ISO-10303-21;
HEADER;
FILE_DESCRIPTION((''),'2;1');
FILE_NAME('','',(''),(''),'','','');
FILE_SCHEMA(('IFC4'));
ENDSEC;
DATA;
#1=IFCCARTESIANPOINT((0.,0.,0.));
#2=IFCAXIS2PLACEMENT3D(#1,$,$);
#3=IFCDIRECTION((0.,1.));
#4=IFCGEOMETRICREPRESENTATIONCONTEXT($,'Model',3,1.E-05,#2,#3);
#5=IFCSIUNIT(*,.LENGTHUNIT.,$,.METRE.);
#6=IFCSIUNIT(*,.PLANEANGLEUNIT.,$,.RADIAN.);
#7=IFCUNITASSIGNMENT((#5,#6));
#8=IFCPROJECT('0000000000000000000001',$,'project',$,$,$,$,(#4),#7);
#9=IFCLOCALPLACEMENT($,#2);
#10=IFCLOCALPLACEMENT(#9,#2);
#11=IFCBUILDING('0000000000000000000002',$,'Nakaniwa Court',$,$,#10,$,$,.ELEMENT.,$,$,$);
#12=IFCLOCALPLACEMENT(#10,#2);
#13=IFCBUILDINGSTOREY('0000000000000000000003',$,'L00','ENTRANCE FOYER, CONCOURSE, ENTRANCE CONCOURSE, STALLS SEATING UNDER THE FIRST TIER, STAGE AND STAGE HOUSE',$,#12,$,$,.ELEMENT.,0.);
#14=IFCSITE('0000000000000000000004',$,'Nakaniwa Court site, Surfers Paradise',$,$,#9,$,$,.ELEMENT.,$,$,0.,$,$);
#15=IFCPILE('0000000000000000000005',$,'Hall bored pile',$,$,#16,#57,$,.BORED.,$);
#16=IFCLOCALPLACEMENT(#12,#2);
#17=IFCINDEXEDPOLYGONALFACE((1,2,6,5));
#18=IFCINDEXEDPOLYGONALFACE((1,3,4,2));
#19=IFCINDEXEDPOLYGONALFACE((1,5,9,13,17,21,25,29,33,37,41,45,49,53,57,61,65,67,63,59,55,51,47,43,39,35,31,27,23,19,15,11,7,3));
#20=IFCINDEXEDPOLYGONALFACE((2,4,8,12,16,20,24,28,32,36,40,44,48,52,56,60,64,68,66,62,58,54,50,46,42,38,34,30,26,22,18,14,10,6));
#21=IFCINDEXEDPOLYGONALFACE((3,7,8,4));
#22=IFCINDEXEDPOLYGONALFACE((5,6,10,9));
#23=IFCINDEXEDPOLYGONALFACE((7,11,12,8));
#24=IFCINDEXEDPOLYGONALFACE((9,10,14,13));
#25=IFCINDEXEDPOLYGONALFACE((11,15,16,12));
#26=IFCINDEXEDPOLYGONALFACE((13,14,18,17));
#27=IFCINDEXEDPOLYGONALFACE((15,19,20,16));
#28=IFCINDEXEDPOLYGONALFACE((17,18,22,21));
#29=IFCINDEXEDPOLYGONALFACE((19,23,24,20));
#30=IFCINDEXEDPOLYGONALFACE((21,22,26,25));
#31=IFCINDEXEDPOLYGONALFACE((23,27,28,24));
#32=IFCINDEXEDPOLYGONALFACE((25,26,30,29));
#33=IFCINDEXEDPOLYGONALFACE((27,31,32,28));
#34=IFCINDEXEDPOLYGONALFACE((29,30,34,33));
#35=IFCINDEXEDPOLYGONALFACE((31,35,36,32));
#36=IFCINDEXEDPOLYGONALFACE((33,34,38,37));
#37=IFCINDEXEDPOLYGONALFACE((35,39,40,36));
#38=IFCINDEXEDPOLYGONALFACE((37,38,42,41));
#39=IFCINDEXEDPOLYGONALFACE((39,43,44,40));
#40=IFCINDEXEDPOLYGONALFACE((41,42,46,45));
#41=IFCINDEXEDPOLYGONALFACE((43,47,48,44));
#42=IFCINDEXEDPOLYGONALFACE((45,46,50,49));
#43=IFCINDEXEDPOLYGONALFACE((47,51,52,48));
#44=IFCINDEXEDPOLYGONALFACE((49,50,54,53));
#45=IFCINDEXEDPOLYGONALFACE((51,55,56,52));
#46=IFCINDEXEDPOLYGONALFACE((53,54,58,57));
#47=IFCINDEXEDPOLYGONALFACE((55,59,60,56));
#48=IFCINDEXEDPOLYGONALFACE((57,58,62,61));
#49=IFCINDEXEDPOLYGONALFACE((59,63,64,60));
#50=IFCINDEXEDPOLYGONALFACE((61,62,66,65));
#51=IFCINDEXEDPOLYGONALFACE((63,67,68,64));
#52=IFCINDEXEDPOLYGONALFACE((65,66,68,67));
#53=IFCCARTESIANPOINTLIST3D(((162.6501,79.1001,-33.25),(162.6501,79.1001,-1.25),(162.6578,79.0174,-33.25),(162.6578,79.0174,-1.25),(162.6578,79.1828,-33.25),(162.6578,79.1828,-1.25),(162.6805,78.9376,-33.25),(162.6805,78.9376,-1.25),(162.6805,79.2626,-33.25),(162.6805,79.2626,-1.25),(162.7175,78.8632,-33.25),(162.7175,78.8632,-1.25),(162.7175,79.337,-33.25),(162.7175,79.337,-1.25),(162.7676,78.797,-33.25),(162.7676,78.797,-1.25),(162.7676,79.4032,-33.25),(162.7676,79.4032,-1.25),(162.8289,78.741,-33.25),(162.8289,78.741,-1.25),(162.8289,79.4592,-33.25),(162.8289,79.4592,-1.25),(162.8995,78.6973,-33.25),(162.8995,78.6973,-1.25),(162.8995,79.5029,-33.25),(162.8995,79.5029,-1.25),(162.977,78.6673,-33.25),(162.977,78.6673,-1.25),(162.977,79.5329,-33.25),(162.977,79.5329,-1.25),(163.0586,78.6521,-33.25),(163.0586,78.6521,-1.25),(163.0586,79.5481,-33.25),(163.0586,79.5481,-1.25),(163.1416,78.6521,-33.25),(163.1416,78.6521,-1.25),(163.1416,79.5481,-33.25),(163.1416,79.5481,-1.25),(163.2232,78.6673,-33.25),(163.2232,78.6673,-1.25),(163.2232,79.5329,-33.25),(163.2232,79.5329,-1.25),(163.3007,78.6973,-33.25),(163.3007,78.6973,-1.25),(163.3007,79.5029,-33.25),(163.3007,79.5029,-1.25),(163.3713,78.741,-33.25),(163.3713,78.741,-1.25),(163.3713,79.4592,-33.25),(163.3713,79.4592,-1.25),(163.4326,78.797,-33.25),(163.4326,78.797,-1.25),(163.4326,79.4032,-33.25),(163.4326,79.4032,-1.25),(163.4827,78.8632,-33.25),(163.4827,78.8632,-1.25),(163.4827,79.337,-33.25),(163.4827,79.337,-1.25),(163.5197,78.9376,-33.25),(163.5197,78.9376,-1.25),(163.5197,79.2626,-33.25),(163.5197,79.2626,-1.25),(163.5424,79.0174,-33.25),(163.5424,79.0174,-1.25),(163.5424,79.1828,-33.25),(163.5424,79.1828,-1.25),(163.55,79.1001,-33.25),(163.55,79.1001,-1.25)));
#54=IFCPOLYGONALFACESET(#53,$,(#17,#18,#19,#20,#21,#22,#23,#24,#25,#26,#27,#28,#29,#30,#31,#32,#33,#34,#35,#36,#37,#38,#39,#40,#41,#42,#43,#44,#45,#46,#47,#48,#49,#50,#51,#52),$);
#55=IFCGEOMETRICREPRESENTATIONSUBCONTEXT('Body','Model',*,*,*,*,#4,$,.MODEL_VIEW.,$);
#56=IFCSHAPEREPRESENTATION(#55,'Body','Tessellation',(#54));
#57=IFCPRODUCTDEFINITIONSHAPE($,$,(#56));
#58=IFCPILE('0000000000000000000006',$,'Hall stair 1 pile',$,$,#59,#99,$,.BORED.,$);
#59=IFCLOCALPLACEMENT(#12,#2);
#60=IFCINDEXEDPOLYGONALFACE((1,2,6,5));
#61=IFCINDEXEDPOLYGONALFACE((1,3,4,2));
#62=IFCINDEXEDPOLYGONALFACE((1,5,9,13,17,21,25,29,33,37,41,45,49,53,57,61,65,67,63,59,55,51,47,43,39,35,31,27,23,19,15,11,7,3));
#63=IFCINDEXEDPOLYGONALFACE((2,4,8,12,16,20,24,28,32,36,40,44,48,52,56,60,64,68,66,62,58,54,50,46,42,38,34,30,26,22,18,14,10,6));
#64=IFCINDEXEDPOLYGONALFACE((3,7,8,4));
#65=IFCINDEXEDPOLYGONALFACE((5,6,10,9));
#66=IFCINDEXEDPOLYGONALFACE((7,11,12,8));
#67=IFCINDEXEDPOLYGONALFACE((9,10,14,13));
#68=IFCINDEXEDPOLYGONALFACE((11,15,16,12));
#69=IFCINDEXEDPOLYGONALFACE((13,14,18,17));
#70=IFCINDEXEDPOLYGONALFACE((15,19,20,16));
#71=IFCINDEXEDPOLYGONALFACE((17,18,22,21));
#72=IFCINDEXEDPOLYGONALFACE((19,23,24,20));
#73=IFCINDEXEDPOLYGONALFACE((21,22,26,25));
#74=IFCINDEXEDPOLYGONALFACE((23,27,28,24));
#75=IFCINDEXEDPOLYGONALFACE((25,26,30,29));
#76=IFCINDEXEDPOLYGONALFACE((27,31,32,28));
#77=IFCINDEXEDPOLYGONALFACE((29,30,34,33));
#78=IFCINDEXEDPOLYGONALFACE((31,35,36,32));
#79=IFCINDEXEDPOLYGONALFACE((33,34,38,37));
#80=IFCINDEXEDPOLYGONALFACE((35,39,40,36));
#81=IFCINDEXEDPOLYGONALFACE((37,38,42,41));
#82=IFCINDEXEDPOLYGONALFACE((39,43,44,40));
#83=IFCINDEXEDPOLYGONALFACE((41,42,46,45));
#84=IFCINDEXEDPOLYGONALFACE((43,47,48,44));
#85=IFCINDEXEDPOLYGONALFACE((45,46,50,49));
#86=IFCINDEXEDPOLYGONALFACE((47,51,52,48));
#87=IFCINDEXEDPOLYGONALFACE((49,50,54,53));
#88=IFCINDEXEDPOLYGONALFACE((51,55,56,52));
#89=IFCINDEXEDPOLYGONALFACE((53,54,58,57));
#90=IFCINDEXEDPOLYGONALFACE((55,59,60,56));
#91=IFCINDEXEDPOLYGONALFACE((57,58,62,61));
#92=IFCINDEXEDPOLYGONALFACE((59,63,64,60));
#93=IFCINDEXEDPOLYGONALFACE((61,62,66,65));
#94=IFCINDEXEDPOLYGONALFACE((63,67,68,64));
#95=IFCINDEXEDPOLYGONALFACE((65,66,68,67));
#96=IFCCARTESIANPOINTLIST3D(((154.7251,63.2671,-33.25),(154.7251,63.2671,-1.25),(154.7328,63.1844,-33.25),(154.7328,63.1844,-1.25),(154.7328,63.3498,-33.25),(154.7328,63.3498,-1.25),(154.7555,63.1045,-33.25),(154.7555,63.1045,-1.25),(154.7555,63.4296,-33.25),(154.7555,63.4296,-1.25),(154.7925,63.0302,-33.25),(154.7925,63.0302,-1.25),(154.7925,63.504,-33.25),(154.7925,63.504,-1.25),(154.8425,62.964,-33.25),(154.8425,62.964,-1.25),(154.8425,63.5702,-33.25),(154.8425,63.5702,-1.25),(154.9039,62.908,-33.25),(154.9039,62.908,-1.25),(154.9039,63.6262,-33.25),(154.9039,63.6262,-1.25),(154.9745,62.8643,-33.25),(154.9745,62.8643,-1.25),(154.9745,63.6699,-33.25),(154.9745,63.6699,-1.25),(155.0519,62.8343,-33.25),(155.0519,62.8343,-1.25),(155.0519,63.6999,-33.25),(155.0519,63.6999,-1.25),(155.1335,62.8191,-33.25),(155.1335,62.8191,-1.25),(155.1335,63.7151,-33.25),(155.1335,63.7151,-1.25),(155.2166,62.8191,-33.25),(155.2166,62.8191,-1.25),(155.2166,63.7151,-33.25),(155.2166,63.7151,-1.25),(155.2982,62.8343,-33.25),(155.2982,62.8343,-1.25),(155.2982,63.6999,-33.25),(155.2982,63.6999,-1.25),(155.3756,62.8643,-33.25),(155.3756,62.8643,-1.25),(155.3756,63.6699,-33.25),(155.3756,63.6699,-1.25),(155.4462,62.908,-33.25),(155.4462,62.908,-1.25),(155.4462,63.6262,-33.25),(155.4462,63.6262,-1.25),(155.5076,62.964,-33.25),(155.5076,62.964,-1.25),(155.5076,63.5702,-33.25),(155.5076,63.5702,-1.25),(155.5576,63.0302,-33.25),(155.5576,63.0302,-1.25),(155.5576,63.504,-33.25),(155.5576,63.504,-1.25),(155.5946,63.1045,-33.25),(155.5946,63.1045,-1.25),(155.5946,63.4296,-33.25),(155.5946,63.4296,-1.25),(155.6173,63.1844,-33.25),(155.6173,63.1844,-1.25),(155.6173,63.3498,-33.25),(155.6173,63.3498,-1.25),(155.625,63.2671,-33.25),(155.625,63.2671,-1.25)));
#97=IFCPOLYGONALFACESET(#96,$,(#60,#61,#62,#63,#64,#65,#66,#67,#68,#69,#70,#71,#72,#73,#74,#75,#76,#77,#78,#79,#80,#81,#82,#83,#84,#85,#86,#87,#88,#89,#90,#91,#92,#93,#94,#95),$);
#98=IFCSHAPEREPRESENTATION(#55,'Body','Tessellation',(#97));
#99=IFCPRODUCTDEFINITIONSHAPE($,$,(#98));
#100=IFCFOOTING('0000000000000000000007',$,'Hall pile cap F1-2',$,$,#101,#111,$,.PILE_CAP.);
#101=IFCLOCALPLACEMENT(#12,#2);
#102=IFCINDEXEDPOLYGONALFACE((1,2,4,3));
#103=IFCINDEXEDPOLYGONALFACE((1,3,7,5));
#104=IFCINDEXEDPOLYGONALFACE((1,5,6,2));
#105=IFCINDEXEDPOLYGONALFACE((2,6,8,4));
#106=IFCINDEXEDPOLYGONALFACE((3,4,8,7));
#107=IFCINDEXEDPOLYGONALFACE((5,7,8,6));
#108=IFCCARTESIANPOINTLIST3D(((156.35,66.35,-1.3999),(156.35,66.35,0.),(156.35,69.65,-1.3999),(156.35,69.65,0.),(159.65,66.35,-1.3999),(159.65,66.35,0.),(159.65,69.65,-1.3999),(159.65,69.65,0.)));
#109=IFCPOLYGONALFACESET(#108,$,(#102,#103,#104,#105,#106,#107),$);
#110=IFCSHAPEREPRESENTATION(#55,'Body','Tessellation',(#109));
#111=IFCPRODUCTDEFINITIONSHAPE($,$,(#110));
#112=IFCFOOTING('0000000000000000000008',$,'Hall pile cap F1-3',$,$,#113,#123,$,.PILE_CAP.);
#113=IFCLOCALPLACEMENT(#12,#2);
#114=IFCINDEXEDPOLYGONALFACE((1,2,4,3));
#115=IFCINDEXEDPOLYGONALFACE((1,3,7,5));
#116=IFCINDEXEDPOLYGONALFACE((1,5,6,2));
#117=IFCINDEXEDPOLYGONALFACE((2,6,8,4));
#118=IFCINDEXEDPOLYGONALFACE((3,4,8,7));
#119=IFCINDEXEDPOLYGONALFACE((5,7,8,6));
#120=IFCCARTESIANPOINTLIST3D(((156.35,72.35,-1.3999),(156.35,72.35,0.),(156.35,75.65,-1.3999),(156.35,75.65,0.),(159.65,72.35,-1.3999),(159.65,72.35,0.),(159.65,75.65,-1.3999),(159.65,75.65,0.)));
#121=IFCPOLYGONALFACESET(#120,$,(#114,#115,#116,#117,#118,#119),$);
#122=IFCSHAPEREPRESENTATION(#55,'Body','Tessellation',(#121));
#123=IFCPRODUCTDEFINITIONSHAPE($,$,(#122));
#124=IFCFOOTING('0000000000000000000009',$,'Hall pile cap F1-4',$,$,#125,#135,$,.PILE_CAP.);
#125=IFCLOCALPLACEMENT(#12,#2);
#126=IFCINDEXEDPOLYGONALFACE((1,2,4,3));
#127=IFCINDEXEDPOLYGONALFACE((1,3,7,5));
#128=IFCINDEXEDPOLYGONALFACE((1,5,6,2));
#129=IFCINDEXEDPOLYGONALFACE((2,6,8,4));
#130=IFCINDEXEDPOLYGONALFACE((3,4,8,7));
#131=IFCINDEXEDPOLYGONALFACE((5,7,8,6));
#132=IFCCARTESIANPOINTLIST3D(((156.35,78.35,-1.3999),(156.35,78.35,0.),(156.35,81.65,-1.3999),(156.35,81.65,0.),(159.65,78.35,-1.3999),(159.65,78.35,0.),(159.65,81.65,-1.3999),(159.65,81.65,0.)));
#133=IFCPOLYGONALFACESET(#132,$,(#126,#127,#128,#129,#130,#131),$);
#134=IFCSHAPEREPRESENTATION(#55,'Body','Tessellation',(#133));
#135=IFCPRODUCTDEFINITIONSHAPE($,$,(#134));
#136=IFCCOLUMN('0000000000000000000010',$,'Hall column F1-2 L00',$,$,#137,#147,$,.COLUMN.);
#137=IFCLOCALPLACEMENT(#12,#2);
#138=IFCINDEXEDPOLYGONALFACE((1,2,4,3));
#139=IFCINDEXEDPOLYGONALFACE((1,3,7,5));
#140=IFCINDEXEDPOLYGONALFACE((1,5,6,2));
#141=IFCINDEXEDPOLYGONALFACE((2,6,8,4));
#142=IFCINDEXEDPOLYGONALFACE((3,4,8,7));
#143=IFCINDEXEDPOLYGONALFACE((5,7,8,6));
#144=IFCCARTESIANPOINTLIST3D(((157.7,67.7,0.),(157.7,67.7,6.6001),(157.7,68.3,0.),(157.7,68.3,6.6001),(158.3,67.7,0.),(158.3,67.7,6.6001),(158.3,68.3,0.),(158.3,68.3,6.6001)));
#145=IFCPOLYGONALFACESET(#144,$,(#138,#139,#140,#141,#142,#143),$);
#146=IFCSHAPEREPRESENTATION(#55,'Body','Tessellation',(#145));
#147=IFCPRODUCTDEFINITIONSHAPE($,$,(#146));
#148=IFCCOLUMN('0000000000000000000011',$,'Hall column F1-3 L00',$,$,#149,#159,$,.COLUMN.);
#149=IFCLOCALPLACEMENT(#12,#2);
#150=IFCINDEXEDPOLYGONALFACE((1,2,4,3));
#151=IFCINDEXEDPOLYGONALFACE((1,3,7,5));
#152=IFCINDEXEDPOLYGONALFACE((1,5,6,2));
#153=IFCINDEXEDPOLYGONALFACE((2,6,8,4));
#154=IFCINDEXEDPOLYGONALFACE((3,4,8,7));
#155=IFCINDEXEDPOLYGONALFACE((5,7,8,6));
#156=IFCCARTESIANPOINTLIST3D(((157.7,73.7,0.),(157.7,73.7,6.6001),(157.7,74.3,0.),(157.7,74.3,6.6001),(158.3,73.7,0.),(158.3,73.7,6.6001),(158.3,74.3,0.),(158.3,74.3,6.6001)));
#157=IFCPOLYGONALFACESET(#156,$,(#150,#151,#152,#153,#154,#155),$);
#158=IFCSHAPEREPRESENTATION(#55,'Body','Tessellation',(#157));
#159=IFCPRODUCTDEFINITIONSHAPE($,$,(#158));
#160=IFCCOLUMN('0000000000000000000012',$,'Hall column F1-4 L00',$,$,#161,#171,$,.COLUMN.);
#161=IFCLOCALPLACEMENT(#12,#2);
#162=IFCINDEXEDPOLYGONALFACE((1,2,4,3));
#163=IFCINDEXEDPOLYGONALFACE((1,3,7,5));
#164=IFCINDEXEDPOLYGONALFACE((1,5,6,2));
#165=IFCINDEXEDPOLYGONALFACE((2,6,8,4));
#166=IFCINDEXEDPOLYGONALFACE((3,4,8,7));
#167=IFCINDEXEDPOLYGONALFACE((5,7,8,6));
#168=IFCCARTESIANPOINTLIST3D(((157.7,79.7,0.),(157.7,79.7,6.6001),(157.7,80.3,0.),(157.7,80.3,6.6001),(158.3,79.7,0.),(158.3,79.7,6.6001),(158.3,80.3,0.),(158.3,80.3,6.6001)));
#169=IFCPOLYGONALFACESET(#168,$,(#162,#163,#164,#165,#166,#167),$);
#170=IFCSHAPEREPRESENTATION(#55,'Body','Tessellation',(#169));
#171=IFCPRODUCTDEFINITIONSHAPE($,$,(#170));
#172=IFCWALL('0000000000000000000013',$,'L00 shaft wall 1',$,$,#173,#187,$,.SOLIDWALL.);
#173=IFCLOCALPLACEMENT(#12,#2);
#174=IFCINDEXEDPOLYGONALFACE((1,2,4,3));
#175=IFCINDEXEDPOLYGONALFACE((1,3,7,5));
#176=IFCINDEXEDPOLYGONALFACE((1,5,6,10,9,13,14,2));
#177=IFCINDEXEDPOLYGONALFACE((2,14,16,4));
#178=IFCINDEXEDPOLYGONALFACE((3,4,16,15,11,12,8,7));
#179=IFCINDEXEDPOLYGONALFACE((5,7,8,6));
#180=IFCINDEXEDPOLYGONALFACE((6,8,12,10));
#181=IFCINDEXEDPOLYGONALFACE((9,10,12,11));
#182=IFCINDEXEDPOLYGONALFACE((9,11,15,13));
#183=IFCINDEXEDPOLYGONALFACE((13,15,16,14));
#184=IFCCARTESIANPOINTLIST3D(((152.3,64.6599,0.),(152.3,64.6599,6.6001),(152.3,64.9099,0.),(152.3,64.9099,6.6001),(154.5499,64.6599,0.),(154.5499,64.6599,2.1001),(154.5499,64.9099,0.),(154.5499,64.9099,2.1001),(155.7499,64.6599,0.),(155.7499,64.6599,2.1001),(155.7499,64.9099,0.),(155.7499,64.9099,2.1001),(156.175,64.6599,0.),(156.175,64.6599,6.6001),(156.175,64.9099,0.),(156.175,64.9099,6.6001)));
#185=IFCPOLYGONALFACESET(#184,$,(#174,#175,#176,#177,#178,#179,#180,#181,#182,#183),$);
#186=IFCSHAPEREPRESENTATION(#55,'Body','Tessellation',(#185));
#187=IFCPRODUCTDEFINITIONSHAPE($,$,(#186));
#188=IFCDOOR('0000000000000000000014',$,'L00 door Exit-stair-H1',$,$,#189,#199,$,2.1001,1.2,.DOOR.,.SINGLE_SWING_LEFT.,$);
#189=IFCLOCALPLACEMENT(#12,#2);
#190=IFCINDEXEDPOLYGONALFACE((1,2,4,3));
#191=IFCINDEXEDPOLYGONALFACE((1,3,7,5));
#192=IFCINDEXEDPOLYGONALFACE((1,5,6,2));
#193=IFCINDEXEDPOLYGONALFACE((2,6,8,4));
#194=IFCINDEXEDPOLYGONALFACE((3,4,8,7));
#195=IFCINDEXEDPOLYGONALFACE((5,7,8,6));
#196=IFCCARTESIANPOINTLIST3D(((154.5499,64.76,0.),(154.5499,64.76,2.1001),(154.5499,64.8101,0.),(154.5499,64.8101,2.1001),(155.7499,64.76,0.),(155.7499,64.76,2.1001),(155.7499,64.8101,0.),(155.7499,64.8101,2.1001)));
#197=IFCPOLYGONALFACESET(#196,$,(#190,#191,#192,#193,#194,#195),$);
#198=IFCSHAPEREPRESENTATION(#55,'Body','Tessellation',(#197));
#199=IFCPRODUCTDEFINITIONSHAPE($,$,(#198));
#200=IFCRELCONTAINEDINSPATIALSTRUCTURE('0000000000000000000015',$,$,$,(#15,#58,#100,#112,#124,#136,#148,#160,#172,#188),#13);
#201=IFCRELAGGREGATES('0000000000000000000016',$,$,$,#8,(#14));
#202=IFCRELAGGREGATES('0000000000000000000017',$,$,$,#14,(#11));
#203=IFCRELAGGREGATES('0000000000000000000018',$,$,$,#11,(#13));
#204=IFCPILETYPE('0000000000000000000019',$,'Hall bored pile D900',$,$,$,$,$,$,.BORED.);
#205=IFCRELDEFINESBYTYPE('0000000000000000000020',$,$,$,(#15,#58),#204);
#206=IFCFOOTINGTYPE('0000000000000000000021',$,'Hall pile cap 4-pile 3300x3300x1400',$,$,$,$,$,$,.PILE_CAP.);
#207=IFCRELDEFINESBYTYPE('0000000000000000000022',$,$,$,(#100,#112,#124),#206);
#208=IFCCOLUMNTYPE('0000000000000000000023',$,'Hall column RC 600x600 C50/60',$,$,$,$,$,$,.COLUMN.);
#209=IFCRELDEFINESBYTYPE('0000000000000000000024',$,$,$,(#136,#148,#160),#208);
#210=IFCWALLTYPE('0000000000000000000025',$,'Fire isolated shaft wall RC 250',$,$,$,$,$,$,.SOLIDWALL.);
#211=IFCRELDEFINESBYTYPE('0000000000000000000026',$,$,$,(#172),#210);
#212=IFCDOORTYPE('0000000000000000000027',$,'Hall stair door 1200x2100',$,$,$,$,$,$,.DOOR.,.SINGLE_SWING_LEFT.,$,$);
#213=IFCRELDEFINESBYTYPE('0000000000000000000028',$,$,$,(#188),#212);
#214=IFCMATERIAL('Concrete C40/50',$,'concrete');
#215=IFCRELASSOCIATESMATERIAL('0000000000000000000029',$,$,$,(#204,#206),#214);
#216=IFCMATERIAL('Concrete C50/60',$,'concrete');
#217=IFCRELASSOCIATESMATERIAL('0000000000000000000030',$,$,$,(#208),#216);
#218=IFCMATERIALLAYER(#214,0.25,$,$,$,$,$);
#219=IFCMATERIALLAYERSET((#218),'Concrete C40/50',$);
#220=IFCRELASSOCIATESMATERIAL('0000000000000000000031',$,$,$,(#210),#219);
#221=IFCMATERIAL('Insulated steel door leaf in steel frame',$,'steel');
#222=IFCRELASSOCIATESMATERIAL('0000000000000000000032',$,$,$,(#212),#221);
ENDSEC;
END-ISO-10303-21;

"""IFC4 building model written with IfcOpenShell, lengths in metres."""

from ifc_helpers import new_model, si_unit, direction, frame, frame_2d, origin, origin_2d, place, context, subcontext, project, spatial, rectangle, circle, extrude, material, layer, layer_set, material_profile, profile_set, type_object, element, fill, save


model = new_model("IFC4")

# Units and contexts
model_context = context("Model", 3, precision=1e-05, world=origin(), true_north=direction((0.0, 1.0)))
body_context = subcontext(model_context, "Body", "Model", "MODEL_VIEW")
ifc_project = project(units=[si_unit("LENGTHUNIT", "METRE"), si_unit("PLANEANGLEUNIT", "RADIAN")], contexts=[model_context])

# Site, building, storey
site_placement = place(None, origin())
site = spatial("IfcSite", under=ifc_project, at=site_placement, Name="Nakaniwa Court site, Surfers Paradise", CompositionType="ELEMENT", RefElevation=0.0)
building_placement = place(site_placement, origin())
building = spatial("IfcBuilding", under=site, at=building_placement, Name="Nakaniwa Court", CompositionType="ELEMENT")
storey_placement = place(building_placement, origin())
storey = spatial("IfcBuildingStorey", under=building, at=storey_placement, Name="L00", Description="ENTRANCE FOYER, CONCOURSE, ENTRANCE CONCOURSE, STALLS SEATING UNDER THE FIRST TIER, STAGE AND STAGE HOUSE", CompositionType="ELEMENT", Elevation=0.0)

# Piles
ifc_material_1 = material(Name="Concrete C40/50", Category="concrete")
ifc_material_profile_1 = material_profile(ifc_material_1, circle(Radius=0.45, at=origin_2d()), Name="Bored pile D900")
ifc_profile_set_1 = profile_set([ifc_material_profile_1], Name="Concrete C40/50")
pile_type = type_object("IfcPileType", Name="Hall bored pile D900", PredefinedType="BORED", material=ifc_profile_set_1)
for number, where, z_axis, x_axis, name in (
    (1, (163.1001, 79.1001, -1.25), (0.0, 0.0, -1.0), (1.0, 0.0, 0.0), "Hall bored pile"),
    (2, (155.175, 63.2671, -1.25), (0.0, 0.0, -1.0), (1.0, 0.0, 0.0), "Hall stair 1 pile"),
):
    element("IfcPile", number, at=place(storey_placement, frame(where, z_axis=z_axis, x_axis=x_axis)), inside=storey, type_object=pile_type, Name=name, PredefinedType="BORED", context=body_context, shape_type="SweptSolid", body=[
        extrude(circle(Radius=0.45, at=origin_2d()), origin(), (0.0, 0.0, 1.0), 32.0),
    ])

# Footings
footing_type = type_object("IfcFootingType", Name="Hall pile cap 4-pile 3300x3300x1400", PredefinedType="PILE_CAP", material=ifc_material_1)
for number, where, z_axis, x_axis, name in (
    (3, (158.0, 68.0, -1.3999), (0.0, 0.0, 1.0), (1.0, 0.0, 0.0), "Hall pile cap F1-2"),
    (4, (158.0, 74.0, -1.3999), (0.0, 0.0, 1.0), (1.0, 0.0, 0.0), "Hall pile cap F1-3"),
    (5, (158.0, 80.0, -1.3999), (0.0, 0.0, 1.0), (1.0, 0.0, 0.0), "Hall pile cap F1-4"),
):
    element("IfcFooting", number, at=place(storey_placement, frame(where, z_axis=z_axis, x_axis=x_axis)), inside=storey, type_object=footing_type, Name=name, PredefinedType="PILE_CAP", context=body_context, shape_type="SweptSolid", body=[
        extrude(rectangle(XDim=3.3, YDim=3.3, at=origin_2d()), origin(), (0.0, 0.0, 1.0), 1.3999),
    ])

# Columns
ifc_material_2 = material(Name="Concrete C50/60", Category="concrete")
ifc_material_profile_2 = material_profile(ifc_material_2, rectangle(XDim=0.6001, YDim=0.6001, at=origin_2d()), Name="RC 600x600")
ifc_profile_set_2 = profile_set([ifc_material_profile_2], Name="Concrete C50/60")
column_type = type_object("IfcColumnType", Name="Hall column RC 600x600 C50/60", PredefinedType="COLUMN", material=ifc_profile_set_2)
for number, where, z_axis, x_axis, name in (
    (6, (158.0, 68.0, 0.0), (0.0, 0.0, 1.0), (1.0, 0.0, 0.0), "Hall column F1-2 L00"),
    (7, (158.0, 74.0, 0.0), (0.0, 0.0, 1.0), (1.0, 0.0, 0.0), "Hall column F1-3 L00"),
    (8, (158.0, 80.0, 0.0), (0.0, 0.0, 1.0), (1.0, 0.0, 0.0), "Hall column F1-4 L00"),
):
    element("IfcColumn", number, at=place(storey_placement, frame(where, z_axis=z_axis, x_axis=x_axis)), inside=storey, type_object=column_type, Name=name, PredefinedType="COLUMN", context=body_context, shape_type="SweptSolid", body=[
        extrude(rectangle(XDim=0.6001, YDim=0.6001, at=origin_2d()), origin(), (0.0, 0.0, 1.0), 6.6001),
    ])

# Wall, opening, door
ifc_layer = layer(ifc_material_1, 0.25)
ifc_layer_set = layer_set([ifc_layer], Name="Concrete C40/50")
wall_type = type_object("IfcWallType", Name="Fire isolated shaft wall RC 250", PredefinedType="SOLIDWALL", material=ifc_layer_set)
wall_1_placement = place(storey_placement, frame((156.175, 64.7849, 0.0), z_axis=(0.0, 0.0, 1.0), x_axis=(-1.0, 0.0, 0.0)))
wall_1 = element("IfcWall", 9, at=wall_1_placement, inside=storey, type_object=wall_type, Name="L00 shaft wall 1", PredefinedType="SOLIDWALL", context=body_context, shape_type="SweptSolid", body=[
    extrude(rectangle(XDim=3.875, YDim=0.25, at=frame_2d((1.9375, 0.0))), origin(), (0.0, 0.0, 1.0), 6.6001),
])
opening_placement = place(wall_1_placement, frame((0.425, 0.0, 0.0)))
opening = element("IfcOpeningElement", 10, at=opening_placement, cuts=wall_1, PredefinedType="OPENING", context=body_context, shape_type="SweptSolid", body=[
    extrude(rectangle(XDim=1.2, YDim=2.1001, at=frame_2d((0.6001, 1.05))), frame((0.0, 0.135, 0.0), z_axis=(0.0, -1.0, 0.0), x_axis=(1.0, 0.0, 0.0)), (0.0, 0.0, 1.0), 0.27),
])
ifc_material_3 = material(Name="Insulated steel door leaf in steel frame", Category="steel")
door_type = type_object("IfcDoorType", Name="Hall stair door 1200x2100", OperationType="SINGLE_SWING_LEFT", PredefinedType="DOOR", material=ifc_material_3)
door_placement = place(opening_placement, origin())
door = element("IfcDoor", 11, at=door_placement, inside=storey, type_object=door_type, Name="L00 door Exit-stair-H1", OperationType="SINGLE_SWING_LEFT", OverallHeight=2.1001, OverallWidth=1.2, PredefinedType="DOOR", context=body_context, shape_type="SweptSolid", body=[
    extrude(rectangle(XDim=1.2, YDim=2.1001, at=frame_2d((0.6001, 1.05))), frame((0.0, 0.0249, 0.0), z_axis=(0.0, -1.0, 0.0), x_axis=(1.0, 0.0, 0.0)), (0.0, 0.0, 1.0), 0.05),
])
fill(opening, door)

save(model, "model.ifc")
